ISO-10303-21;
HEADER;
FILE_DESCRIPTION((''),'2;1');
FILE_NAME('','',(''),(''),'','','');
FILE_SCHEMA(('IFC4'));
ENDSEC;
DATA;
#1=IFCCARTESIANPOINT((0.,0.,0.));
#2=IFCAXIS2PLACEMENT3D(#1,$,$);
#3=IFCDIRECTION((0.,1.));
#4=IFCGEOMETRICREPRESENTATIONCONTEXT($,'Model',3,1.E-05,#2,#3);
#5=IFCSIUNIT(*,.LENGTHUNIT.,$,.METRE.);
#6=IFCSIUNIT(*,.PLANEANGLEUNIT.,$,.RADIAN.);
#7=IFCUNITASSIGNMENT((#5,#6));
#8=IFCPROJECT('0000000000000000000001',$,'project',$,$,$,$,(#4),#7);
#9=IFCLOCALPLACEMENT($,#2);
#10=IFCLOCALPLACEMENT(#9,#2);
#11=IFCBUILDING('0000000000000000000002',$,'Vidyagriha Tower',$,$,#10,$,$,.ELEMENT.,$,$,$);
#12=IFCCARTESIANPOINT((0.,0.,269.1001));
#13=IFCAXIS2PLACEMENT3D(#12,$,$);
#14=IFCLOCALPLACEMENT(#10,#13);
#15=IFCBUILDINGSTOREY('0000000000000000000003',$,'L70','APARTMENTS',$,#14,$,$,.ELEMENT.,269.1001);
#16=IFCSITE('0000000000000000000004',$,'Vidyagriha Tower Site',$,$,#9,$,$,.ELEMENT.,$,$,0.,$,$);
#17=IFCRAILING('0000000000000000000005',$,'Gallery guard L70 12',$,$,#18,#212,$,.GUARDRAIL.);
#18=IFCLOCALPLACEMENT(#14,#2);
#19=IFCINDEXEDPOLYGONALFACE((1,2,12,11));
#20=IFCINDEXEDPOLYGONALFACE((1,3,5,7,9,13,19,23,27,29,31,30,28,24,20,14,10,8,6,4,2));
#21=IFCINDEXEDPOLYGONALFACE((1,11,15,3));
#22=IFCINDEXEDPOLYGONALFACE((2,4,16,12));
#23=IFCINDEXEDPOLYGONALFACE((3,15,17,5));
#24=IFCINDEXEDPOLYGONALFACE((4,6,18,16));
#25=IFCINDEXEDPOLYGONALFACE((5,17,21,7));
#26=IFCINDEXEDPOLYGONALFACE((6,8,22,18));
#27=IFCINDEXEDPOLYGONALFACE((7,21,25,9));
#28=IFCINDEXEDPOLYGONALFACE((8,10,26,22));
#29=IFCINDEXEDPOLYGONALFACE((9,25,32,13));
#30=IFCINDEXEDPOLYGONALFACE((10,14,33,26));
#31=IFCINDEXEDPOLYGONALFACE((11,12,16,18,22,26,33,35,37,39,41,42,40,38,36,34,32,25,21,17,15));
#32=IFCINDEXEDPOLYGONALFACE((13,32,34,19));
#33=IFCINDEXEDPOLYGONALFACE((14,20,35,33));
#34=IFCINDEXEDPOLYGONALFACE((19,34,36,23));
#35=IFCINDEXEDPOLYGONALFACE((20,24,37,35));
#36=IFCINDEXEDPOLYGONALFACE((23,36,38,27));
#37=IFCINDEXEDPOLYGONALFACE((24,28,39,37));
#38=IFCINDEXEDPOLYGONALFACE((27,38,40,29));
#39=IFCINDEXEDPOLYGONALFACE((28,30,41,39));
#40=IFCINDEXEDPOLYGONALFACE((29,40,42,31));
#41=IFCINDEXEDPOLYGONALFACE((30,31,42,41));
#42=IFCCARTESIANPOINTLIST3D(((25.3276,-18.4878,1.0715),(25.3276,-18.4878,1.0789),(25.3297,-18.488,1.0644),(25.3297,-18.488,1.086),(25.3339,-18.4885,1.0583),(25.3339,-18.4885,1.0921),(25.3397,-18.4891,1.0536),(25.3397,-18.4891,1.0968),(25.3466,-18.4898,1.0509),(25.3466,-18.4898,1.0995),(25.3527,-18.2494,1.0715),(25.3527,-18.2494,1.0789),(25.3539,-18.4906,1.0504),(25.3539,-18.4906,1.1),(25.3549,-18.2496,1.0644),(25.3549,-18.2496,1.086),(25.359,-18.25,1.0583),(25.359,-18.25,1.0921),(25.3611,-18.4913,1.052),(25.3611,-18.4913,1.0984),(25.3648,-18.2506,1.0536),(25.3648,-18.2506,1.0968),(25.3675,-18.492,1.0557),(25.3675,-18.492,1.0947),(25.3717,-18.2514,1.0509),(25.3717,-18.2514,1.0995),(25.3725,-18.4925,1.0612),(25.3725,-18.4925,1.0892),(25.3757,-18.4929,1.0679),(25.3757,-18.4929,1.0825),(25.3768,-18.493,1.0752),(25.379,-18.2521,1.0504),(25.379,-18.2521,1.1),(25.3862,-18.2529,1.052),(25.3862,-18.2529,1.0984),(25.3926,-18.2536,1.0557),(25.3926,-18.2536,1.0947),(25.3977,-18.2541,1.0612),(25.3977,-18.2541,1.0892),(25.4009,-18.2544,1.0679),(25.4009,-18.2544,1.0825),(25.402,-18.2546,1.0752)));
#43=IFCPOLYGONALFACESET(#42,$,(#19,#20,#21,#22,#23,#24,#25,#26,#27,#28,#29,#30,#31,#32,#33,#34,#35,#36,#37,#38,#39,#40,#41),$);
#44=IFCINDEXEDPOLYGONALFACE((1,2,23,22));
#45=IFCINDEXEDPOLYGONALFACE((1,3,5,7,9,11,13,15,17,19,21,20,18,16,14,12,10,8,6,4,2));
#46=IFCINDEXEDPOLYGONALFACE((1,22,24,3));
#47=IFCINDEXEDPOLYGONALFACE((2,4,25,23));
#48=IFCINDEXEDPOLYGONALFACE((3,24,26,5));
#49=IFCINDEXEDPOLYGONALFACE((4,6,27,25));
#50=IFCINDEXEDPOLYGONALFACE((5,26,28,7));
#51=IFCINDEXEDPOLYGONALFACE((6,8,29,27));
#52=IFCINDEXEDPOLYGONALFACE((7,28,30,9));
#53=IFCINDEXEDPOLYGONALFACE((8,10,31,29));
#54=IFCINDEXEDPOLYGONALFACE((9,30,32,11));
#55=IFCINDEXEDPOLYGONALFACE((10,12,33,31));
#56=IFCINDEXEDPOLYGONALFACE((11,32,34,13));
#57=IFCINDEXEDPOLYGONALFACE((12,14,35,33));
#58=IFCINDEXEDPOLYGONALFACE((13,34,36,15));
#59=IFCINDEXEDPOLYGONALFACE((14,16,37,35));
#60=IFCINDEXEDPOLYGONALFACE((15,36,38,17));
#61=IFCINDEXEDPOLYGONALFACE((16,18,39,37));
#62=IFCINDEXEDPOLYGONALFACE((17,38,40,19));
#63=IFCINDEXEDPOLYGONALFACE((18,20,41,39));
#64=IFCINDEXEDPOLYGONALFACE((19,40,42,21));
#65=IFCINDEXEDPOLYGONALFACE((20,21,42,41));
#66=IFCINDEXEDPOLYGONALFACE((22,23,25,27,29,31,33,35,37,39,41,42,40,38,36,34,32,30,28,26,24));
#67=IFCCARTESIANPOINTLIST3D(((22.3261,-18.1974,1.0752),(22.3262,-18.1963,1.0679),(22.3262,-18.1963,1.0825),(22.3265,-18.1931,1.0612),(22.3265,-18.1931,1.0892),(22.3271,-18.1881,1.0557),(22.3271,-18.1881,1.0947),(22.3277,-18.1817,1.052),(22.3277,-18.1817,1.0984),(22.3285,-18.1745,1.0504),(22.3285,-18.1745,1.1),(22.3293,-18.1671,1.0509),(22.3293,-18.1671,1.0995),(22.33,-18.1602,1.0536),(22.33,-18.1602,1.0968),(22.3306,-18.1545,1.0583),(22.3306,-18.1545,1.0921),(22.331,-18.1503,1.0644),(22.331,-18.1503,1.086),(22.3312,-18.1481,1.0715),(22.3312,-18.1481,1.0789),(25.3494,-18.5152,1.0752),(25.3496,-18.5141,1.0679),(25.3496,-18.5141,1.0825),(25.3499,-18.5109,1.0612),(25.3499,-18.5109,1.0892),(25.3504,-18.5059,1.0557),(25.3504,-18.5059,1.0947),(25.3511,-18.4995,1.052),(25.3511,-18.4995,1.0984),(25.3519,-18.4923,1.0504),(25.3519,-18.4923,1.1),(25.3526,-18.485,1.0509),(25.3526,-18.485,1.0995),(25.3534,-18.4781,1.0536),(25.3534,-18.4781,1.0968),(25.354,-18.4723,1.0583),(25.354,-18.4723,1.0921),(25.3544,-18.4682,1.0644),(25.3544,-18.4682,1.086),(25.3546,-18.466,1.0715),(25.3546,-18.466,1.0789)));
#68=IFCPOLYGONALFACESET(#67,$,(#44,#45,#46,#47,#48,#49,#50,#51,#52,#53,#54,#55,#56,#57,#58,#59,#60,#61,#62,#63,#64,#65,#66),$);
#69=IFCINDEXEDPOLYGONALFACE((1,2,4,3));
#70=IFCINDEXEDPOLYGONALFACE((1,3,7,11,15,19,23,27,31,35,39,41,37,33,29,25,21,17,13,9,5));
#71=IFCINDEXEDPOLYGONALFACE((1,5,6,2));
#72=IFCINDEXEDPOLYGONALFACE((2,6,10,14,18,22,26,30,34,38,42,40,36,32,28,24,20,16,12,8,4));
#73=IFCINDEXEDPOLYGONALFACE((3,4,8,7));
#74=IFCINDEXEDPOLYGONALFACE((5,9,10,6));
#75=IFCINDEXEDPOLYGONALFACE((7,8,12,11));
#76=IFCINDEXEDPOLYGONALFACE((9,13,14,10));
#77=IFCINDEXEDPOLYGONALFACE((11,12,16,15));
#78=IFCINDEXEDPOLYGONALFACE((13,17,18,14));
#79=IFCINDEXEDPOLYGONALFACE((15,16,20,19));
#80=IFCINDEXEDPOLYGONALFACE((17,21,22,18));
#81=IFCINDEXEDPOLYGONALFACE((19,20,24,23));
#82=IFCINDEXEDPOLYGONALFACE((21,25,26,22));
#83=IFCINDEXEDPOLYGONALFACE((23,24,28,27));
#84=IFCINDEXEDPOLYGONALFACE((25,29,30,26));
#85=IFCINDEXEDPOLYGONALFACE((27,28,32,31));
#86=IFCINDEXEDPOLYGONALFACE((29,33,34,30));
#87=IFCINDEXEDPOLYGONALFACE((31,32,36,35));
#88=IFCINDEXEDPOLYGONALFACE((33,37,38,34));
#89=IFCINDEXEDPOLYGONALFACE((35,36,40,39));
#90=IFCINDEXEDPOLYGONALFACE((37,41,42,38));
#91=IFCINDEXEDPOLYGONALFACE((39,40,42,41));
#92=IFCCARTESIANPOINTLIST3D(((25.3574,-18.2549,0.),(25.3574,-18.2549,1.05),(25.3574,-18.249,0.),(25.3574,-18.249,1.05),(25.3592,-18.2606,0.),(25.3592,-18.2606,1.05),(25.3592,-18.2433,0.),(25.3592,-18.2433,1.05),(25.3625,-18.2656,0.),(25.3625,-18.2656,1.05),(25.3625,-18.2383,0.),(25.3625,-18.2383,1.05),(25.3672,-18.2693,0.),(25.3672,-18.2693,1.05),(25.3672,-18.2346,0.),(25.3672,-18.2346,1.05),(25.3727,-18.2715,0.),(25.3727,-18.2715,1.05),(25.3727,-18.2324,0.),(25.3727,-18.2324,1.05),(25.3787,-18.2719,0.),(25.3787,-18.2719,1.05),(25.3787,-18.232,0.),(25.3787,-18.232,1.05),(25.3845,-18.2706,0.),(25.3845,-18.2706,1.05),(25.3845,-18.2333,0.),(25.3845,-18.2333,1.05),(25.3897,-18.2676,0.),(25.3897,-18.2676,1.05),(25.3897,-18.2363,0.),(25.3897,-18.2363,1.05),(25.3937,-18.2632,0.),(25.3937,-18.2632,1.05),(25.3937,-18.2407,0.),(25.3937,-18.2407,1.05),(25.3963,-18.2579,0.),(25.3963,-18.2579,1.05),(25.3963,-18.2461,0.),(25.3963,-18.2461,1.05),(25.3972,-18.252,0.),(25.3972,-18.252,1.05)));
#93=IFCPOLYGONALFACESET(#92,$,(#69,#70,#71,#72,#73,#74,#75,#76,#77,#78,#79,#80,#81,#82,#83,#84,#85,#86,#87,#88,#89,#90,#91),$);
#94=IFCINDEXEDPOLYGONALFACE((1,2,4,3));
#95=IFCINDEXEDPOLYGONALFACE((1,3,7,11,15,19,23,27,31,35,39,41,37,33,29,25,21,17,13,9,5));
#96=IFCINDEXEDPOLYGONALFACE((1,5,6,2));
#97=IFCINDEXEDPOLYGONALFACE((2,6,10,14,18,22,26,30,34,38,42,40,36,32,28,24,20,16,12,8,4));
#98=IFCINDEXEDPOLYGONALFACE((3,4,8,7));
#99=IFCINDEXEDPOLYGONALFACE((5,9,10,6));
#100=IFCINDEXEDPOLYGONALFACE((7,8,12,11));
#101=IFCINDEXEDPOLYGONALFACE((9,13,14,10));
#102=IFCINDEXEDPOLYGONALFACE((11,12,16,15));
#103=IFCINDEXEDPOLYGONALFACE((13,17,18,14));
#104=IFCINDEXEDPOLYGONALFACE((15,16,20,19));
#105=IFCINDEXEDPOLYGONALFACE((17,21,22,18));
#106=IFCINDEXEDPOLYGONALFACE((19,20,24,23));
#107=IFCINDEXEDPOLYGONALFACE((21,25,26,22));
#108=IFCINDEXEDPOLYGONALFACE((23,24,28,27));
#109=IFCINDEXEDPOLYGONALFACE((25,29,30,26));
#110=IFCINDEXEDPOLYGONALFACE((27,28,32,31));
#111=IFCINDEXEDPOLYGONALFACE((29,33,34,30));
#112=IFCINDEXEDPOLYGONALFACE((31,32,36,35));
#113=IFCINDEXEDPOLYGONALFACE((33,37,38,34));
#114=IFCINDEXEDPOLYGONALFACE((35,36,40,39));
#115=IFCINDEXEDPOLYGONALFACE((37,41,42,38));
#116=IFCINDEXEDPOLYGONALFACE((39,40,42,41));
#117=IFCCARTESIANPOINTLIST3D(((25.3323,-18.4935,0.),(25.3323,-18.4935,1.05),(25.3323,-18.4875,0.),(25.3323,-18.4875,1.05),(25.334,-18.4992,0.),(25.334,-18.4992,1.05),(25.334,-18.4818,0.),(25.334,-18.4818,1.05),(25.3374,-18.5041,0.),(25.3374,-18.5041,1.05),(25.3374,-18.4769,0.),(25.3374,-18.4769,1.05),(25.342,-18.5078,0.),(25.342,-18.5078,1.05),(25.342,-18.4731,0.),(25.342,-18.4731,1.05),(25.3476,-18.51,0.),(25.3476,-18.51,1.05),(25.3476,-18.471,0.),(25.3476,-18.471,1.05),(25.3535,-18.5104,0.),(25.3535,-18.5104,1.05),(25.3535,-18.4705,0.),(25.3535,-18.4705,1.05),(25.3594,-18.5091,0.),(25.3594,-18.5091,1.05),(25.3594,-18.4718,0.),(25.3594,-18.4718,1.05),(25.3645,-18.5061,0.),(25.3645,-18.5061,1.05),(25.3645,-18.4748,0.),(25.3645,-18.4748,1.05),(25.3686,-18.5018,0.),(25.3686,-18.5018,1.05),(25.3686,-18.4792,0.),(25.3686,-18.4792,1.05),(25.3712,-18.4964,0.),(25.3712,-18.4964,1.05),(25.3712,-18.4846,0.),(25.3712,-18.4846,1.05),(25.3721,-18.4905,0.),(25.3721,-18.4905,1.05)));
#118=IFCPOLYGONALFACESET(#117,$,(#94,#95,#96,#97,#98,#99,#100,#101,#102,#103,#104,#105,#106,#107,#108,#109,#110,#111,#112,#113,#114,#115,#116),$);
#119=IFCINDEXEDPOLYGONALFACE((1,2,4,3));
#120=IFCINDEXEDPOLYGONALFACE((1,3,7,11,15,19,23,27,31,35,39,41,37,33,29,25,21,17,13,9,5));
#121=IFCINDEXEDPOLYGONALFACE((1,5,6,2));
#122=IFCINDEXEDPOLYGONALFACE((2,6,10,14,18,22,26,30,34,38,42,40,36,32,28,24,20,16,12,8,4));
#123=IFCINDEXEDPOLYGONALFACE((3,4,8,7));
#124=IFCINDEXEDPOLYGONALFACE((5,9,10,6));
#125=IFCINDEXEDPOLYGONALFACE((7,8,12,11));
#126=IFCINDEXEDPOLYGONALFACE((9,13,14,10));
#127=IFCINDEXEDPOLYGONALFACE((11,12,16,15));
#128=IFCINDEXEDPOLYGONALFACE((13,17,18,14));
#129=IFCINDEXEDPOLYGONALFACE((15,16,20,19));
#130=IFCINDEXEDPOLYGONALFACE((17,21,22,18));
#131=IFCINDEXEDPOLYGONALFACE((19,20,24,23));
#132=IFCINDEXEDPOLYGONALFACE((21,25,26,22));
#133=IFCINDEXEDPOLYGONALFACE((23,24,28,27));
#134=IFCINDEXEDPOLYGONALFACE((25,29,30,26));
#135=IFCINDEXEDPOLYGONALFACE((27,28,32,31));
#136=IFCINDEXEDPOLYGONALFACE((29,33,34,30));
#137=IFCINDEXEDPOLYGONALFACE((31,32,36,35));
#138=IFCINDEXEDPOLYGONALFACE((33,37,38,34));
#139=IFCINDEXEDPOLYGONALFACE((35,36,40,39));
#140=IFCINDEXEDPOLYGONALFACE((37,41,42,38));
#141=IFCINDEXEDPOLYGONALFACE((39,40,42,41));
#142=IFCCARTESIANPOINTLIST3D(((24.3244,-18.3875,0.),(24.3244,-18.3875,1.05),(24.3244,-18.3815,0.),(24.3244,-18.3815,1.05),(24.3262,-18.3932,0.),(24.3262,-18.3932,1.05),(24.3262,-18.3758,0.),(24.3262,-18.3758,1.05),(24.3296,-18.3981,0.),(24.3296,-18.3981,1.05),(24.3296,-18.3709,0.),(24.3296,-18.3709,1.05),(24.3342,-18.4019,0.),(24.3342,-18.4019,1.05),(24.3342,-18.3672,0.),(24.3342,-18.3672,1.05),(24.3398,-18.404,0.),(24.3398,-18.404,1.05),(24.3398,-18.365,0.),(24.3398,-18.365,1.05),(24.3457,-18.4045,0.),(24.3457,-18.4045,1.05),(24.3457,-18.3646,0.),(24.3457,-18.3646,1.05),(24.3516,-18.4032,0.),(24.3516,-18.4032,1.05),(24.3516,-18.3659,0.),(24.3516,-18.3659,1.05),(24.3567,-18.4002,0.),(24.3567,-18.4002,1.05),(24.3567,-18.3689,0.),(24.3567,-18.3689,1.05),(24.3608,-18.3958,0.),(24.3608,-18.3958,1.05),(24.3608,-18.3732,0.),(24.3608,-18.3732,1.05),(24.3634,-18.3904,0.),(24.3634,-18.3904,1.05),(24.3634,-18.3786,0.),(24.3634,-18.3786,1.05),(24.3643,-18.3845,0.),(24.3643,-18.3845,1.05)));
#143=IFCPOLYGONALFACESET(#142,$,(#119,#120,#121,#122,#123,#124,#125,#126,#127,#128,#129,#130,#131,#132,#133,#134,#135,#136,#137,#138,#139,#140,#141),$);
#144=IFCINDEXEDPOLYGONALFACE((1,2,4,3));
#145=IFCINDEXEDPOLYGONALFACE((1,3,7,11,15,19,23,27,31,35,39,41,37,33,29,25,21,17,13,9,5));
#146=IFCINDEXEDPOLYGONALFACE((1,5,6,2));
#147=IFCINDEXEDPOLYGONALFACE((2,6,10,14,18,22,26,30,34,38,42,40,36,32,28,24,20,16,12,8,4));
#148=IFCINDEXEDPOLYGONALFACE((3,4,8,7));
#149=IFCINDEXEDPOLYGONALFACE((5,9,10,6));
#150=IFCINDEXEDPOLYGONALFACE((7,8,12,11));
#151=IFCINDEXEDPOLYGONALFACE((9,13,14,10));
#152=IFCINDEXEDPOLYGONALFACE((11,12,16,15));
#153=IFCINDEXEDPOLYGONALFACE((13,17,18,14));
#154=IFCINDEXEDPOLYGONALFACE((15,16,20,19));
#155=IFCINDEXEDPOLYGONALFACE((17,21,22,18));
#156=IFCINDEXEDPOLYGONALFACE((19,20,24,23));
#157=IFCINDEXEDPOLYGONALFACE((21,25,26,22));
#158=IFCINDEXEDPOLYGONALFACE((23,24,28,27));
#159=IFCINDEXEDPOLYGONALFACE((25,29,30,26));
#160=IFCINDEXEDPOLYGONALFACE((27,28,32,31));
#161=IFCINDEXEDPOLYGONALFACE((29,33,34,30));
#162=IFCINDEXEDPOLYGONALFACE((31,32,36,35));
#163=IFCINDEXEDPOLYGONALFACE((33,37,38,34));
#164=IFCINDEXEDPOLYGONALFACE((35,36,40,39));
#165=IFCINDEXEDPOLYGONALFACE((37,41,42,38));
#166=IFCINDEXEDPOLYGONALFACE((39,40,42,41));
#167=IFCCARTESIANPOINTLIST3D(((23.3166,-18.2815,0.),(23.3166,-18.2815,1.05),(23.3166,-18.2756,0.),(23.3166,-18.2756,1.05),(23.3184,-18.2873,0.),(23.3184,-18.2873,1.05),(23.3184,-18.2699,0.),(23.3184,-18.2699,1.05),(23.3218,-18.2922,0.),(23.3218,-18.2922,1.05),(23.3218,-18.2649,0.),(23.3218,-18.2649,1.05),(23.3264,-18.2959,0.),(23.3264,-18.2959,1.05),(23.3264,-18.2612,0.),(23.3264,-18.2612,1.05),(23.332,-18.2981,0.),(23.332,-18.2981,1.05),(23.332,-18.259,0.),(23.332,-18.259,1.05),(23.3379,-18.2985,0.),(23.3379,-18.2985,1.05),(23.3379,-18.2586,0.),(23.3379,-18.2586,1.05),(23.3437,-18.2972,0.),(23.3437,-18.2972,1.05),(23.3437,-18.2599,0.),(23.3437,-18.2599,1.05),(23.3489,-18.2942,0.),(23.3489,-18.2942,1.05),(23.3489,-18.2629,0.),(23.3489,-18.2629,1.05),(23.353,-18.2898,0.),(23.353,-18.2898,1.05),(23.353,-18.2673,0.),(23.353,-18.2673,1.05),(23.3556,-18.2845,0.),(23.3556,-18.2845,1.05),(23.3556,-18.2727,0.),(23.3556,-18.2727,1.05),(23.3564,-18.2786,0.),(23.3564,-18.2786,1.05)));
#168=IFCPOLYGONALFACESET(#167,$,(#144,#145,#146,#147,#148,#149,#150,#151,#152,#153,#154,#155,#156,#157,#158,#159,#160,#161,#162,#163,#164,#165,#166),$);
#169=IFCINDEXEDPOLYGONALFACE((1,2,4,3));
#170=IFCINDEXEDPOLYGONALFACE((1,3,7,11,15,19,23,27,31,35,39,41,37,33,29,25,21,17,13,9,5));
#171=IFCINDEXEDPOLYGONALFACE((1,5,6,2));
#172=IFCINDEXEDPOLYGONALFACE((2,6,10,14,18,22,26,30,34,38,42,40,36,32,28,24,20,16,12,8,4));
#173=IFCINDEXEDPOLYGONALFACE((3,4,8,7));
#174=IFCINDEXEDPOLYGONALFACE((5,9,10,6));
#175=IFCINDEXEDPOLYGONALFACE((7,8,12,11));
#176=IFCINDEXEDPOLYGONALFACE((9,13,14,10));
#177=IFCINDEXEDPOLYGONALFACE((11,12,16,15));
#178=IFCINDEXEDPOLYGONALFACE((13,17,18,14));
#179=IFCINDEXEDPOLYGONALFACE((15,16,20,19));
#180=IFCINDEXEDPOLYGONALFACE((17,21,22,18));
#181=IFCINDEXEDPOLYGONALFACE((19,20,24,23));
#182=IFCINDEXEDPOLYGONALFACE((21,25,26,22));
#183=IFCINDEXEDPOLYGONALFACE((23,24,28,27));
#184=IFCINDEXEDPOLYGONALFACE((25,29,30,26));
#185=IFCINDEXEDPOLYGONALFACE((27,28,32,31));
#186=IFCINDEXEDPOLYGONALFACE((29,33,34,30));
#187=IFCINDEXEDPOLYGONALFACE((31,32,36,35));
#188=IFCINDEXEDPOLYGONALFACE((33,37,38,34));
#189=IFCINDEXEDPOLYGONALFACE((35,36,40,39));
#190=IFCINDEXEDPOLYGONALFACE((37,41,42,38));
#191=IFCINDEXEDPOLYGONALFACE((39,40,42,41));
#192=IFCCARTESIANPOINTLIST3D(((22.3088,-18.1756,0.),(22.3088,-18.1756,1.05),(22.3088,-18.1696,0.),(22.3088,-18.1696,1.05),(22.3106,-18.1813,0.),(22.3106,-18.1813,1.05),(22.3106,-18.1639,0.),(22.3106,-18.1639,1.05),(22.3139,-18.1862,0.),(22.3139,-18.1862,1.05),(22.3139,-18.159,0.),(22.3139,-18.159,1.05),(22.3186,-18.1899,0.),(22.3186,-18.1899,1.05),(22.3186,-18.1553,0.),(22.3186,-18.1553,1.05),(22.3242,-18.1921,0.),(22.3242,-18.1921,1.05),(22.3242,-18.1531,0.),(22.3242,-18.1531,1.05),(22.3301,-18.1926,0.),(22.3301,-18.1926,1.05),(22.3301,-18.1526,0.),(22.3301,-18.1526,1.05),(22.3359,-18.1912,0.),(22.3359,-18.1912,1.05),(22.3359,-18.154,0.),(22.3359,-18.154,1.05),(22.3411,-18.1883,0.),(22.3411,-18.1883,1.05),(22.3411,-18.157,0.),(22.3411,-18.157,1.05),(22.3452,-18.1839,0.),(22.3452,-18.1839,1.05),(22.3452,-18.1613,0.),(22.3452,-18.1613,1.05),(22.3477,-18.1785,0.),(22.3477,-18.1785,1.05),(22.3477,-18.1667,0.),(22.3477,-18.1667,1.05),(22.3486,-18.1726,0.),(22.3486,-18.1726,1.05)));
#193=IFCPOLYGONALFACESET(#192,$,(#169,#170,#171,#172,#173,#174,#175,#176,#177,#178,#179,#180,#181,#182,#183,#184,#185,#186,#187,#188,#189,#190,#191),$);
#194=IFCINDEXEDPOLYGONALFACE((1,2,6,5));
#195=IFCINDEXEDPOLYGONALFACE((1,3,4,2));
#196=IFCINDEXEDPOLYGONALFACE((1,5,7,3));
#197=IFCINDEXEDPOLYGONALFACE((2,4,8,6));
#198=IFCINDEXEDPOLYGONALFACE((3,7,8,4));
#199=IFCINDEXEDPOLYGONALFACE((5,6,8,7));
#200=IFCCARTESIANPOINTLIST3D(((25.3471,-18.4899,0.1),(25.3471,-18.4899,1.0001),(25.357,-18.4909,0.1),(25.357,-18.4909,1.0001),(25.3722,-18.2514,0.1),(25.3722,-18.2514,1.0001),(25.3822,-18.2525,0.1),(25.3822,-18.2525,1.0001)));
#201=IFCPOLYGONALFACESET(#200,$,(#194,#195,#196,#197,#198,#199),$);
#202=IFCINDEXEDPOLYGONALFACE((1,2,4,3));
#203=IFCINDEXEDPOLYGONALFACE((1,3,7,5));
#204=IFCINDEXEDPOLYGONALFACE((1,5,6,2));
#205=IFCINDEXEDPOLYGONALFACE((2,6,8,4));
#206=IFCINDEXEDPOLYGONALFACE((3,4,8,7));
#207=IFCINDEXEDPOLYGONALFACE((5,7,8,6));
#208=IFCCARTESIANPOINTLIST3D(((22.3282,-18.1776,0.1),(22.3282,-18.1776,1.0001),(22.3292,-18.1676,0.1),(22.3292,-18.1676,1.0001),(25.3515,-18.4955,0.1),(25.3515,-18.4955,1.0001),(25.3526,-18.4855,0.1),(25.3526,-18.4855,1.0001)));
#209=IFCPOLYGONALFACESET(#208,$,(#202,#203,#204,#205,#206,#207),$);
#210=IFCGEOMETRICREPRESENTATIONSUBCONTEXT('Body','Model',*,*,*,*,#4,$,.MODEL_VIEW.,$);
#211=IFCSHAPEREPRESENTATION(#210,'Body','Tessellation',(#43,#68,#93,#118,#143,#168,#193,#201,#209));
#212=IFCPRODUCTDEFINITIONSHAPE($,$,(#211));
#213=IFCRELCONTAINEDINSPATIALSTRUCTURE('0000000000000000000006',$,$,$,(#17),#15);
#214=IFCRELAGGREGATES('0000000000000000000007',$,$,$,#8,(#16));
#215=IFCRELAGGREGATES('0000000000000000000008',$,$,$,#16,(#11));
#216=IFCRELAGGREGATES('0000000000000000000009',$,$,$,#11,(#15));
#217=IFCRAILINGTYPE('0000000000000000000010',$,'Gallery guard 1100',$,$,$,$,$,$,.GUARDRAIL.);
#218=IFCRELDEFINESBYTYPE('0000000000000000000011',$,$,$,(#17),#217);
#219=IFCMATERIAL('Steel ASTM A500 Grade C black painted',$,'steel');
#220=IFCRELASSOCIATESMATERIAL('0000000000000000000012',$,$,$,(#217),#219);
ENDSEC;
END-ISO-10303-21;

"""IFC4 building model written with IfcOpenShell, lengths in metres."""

from ifc_helpers import new_model, si_unit, direction, frame, origin, origin_2d, place, context, subcontext, project, spatial, rectangle, circle, extrude, material, type_object, element, save


model = new_model("IFC4")

# Units and contexts
model_context = context("Model", 3, precision=1e-05, world=origin(), true_north=direction((0.0, 1.0)))
body_context = subcontext(model_context, "Body", "Model", "MODEL_VIEW")
ifc_project = project(units=[si_unit("LENGTHUNIT", "METRE"), si_unit("PLANEANGLEUNIT", "RADIAN")], contexts=[model_context])

# Site, building, storey
site_placement = place(None, origin())
site = spatial("IfcSite", under=ifc_project, at=site_placement, Name="Vidyagriha Tower Site", CompositionType="ELEMENT", RefElevation=0.0)
building_placement = place(site_placement, origin())
building = spatial("IfcBuilding", under=site, at=building_placement, Name="Vidyagriha Tower", CompositionType="ELEMENT")
storey_placement = place(building_placement, frame((0.0, 0.0, 269.1001)))
storey = spatial("IfcBuildingStorey", under=building, at=storey_placement, Name="L70", Description="APARTMENTS", CompositionType="ELEMENT", Elevation=269.1001)

# Railing
ifc_material_1 = material(Name="Steel ASTM A500 Grade C black painted", Category="steel")
railing_type = type_object("IfcRailingType", Name="Gallery guard 1100", PredefinedType="GUARDRAIL", material=ifc_material_1)
railing_1_placement = place(storey_placement, frame((25.3772, -18.252, 0.0)))
element("IfcRailing", 1, at=railing_1_placement, inside=storey, type_object=railing_type, Name="Gallery guard L70 12", PredefinedType="GUARDRAIL", context=body_context, shape_type="SweptSolid", body=[
    extrude(circle(Radius=0.0249, at=origin_2d()), frame((0.0, 0.0, 1.0752), z_axis=(-0.104844, -0.994489, 0.0), x_axis=(0.994489, -0.104844, 0.0)), (0.0, 0.0, 1.0), 0.2397),
    extrude(circle(Radius=0.0249, at=origin_2d()), frame((-0.0251, -0.2385, 1.0752), z_axis=(-0.994519, 0.104559, 0.0), x_axis=(-0.104559, -0.994519, 0.0)), (0.0, 0.0, 1.0), 3.04),
    extrude(circle(Radius=0.02, at=origin_2d()), origin(), (0.0, 0.0, 1.0), 1.05),
    extrude(circle(Radius=0.02, at=origin_2d()), frame((-0.0251, -0.2385, 0.0)), (0.0, 0.0, 1.0), 1.05),
    extrude(circle(Radius=0.02, at=origin_2d()), frame((-1.033, -0.1326, 0.0)), (0.0, 0.0, 1.0), 1.05),
    extrude(circle(Radius=0.02, at=origin_2d()), frame((-2.0408, -0.0266, 0.0)), (0.0, 0.0, 1.0), 1.05),
    extrude(circle(Radius=0.02, at=origin_2d()), frame((-3.0486, 0.0793, 0.0)), (0.0, 0.0, 1.0), 1.05),
    extrude(rectangle(XDim=0.01, YDim=0.9001, at=origin_2d()), frame((0.0, 0.0, 0.55), z_axis=(-0.104844, -0.994489, 0.0), x_axis=(0.994489, -0.104844, 0.0)), (0.0, 0.0, 1.0), 0.2397),
    extrude(rectangle(XDim=0.01, YDim=0.9001, at=origin_2d()), frame((-0.0251, -0.2385, 0.55), z_axis=(-0.994519, 0.104559, 0.0), x_axis=(-0.104559, -0.994519, 0.0)), (0.0, 0.0, 1.0), 3.04),
])

save(model, "model.ifc")
